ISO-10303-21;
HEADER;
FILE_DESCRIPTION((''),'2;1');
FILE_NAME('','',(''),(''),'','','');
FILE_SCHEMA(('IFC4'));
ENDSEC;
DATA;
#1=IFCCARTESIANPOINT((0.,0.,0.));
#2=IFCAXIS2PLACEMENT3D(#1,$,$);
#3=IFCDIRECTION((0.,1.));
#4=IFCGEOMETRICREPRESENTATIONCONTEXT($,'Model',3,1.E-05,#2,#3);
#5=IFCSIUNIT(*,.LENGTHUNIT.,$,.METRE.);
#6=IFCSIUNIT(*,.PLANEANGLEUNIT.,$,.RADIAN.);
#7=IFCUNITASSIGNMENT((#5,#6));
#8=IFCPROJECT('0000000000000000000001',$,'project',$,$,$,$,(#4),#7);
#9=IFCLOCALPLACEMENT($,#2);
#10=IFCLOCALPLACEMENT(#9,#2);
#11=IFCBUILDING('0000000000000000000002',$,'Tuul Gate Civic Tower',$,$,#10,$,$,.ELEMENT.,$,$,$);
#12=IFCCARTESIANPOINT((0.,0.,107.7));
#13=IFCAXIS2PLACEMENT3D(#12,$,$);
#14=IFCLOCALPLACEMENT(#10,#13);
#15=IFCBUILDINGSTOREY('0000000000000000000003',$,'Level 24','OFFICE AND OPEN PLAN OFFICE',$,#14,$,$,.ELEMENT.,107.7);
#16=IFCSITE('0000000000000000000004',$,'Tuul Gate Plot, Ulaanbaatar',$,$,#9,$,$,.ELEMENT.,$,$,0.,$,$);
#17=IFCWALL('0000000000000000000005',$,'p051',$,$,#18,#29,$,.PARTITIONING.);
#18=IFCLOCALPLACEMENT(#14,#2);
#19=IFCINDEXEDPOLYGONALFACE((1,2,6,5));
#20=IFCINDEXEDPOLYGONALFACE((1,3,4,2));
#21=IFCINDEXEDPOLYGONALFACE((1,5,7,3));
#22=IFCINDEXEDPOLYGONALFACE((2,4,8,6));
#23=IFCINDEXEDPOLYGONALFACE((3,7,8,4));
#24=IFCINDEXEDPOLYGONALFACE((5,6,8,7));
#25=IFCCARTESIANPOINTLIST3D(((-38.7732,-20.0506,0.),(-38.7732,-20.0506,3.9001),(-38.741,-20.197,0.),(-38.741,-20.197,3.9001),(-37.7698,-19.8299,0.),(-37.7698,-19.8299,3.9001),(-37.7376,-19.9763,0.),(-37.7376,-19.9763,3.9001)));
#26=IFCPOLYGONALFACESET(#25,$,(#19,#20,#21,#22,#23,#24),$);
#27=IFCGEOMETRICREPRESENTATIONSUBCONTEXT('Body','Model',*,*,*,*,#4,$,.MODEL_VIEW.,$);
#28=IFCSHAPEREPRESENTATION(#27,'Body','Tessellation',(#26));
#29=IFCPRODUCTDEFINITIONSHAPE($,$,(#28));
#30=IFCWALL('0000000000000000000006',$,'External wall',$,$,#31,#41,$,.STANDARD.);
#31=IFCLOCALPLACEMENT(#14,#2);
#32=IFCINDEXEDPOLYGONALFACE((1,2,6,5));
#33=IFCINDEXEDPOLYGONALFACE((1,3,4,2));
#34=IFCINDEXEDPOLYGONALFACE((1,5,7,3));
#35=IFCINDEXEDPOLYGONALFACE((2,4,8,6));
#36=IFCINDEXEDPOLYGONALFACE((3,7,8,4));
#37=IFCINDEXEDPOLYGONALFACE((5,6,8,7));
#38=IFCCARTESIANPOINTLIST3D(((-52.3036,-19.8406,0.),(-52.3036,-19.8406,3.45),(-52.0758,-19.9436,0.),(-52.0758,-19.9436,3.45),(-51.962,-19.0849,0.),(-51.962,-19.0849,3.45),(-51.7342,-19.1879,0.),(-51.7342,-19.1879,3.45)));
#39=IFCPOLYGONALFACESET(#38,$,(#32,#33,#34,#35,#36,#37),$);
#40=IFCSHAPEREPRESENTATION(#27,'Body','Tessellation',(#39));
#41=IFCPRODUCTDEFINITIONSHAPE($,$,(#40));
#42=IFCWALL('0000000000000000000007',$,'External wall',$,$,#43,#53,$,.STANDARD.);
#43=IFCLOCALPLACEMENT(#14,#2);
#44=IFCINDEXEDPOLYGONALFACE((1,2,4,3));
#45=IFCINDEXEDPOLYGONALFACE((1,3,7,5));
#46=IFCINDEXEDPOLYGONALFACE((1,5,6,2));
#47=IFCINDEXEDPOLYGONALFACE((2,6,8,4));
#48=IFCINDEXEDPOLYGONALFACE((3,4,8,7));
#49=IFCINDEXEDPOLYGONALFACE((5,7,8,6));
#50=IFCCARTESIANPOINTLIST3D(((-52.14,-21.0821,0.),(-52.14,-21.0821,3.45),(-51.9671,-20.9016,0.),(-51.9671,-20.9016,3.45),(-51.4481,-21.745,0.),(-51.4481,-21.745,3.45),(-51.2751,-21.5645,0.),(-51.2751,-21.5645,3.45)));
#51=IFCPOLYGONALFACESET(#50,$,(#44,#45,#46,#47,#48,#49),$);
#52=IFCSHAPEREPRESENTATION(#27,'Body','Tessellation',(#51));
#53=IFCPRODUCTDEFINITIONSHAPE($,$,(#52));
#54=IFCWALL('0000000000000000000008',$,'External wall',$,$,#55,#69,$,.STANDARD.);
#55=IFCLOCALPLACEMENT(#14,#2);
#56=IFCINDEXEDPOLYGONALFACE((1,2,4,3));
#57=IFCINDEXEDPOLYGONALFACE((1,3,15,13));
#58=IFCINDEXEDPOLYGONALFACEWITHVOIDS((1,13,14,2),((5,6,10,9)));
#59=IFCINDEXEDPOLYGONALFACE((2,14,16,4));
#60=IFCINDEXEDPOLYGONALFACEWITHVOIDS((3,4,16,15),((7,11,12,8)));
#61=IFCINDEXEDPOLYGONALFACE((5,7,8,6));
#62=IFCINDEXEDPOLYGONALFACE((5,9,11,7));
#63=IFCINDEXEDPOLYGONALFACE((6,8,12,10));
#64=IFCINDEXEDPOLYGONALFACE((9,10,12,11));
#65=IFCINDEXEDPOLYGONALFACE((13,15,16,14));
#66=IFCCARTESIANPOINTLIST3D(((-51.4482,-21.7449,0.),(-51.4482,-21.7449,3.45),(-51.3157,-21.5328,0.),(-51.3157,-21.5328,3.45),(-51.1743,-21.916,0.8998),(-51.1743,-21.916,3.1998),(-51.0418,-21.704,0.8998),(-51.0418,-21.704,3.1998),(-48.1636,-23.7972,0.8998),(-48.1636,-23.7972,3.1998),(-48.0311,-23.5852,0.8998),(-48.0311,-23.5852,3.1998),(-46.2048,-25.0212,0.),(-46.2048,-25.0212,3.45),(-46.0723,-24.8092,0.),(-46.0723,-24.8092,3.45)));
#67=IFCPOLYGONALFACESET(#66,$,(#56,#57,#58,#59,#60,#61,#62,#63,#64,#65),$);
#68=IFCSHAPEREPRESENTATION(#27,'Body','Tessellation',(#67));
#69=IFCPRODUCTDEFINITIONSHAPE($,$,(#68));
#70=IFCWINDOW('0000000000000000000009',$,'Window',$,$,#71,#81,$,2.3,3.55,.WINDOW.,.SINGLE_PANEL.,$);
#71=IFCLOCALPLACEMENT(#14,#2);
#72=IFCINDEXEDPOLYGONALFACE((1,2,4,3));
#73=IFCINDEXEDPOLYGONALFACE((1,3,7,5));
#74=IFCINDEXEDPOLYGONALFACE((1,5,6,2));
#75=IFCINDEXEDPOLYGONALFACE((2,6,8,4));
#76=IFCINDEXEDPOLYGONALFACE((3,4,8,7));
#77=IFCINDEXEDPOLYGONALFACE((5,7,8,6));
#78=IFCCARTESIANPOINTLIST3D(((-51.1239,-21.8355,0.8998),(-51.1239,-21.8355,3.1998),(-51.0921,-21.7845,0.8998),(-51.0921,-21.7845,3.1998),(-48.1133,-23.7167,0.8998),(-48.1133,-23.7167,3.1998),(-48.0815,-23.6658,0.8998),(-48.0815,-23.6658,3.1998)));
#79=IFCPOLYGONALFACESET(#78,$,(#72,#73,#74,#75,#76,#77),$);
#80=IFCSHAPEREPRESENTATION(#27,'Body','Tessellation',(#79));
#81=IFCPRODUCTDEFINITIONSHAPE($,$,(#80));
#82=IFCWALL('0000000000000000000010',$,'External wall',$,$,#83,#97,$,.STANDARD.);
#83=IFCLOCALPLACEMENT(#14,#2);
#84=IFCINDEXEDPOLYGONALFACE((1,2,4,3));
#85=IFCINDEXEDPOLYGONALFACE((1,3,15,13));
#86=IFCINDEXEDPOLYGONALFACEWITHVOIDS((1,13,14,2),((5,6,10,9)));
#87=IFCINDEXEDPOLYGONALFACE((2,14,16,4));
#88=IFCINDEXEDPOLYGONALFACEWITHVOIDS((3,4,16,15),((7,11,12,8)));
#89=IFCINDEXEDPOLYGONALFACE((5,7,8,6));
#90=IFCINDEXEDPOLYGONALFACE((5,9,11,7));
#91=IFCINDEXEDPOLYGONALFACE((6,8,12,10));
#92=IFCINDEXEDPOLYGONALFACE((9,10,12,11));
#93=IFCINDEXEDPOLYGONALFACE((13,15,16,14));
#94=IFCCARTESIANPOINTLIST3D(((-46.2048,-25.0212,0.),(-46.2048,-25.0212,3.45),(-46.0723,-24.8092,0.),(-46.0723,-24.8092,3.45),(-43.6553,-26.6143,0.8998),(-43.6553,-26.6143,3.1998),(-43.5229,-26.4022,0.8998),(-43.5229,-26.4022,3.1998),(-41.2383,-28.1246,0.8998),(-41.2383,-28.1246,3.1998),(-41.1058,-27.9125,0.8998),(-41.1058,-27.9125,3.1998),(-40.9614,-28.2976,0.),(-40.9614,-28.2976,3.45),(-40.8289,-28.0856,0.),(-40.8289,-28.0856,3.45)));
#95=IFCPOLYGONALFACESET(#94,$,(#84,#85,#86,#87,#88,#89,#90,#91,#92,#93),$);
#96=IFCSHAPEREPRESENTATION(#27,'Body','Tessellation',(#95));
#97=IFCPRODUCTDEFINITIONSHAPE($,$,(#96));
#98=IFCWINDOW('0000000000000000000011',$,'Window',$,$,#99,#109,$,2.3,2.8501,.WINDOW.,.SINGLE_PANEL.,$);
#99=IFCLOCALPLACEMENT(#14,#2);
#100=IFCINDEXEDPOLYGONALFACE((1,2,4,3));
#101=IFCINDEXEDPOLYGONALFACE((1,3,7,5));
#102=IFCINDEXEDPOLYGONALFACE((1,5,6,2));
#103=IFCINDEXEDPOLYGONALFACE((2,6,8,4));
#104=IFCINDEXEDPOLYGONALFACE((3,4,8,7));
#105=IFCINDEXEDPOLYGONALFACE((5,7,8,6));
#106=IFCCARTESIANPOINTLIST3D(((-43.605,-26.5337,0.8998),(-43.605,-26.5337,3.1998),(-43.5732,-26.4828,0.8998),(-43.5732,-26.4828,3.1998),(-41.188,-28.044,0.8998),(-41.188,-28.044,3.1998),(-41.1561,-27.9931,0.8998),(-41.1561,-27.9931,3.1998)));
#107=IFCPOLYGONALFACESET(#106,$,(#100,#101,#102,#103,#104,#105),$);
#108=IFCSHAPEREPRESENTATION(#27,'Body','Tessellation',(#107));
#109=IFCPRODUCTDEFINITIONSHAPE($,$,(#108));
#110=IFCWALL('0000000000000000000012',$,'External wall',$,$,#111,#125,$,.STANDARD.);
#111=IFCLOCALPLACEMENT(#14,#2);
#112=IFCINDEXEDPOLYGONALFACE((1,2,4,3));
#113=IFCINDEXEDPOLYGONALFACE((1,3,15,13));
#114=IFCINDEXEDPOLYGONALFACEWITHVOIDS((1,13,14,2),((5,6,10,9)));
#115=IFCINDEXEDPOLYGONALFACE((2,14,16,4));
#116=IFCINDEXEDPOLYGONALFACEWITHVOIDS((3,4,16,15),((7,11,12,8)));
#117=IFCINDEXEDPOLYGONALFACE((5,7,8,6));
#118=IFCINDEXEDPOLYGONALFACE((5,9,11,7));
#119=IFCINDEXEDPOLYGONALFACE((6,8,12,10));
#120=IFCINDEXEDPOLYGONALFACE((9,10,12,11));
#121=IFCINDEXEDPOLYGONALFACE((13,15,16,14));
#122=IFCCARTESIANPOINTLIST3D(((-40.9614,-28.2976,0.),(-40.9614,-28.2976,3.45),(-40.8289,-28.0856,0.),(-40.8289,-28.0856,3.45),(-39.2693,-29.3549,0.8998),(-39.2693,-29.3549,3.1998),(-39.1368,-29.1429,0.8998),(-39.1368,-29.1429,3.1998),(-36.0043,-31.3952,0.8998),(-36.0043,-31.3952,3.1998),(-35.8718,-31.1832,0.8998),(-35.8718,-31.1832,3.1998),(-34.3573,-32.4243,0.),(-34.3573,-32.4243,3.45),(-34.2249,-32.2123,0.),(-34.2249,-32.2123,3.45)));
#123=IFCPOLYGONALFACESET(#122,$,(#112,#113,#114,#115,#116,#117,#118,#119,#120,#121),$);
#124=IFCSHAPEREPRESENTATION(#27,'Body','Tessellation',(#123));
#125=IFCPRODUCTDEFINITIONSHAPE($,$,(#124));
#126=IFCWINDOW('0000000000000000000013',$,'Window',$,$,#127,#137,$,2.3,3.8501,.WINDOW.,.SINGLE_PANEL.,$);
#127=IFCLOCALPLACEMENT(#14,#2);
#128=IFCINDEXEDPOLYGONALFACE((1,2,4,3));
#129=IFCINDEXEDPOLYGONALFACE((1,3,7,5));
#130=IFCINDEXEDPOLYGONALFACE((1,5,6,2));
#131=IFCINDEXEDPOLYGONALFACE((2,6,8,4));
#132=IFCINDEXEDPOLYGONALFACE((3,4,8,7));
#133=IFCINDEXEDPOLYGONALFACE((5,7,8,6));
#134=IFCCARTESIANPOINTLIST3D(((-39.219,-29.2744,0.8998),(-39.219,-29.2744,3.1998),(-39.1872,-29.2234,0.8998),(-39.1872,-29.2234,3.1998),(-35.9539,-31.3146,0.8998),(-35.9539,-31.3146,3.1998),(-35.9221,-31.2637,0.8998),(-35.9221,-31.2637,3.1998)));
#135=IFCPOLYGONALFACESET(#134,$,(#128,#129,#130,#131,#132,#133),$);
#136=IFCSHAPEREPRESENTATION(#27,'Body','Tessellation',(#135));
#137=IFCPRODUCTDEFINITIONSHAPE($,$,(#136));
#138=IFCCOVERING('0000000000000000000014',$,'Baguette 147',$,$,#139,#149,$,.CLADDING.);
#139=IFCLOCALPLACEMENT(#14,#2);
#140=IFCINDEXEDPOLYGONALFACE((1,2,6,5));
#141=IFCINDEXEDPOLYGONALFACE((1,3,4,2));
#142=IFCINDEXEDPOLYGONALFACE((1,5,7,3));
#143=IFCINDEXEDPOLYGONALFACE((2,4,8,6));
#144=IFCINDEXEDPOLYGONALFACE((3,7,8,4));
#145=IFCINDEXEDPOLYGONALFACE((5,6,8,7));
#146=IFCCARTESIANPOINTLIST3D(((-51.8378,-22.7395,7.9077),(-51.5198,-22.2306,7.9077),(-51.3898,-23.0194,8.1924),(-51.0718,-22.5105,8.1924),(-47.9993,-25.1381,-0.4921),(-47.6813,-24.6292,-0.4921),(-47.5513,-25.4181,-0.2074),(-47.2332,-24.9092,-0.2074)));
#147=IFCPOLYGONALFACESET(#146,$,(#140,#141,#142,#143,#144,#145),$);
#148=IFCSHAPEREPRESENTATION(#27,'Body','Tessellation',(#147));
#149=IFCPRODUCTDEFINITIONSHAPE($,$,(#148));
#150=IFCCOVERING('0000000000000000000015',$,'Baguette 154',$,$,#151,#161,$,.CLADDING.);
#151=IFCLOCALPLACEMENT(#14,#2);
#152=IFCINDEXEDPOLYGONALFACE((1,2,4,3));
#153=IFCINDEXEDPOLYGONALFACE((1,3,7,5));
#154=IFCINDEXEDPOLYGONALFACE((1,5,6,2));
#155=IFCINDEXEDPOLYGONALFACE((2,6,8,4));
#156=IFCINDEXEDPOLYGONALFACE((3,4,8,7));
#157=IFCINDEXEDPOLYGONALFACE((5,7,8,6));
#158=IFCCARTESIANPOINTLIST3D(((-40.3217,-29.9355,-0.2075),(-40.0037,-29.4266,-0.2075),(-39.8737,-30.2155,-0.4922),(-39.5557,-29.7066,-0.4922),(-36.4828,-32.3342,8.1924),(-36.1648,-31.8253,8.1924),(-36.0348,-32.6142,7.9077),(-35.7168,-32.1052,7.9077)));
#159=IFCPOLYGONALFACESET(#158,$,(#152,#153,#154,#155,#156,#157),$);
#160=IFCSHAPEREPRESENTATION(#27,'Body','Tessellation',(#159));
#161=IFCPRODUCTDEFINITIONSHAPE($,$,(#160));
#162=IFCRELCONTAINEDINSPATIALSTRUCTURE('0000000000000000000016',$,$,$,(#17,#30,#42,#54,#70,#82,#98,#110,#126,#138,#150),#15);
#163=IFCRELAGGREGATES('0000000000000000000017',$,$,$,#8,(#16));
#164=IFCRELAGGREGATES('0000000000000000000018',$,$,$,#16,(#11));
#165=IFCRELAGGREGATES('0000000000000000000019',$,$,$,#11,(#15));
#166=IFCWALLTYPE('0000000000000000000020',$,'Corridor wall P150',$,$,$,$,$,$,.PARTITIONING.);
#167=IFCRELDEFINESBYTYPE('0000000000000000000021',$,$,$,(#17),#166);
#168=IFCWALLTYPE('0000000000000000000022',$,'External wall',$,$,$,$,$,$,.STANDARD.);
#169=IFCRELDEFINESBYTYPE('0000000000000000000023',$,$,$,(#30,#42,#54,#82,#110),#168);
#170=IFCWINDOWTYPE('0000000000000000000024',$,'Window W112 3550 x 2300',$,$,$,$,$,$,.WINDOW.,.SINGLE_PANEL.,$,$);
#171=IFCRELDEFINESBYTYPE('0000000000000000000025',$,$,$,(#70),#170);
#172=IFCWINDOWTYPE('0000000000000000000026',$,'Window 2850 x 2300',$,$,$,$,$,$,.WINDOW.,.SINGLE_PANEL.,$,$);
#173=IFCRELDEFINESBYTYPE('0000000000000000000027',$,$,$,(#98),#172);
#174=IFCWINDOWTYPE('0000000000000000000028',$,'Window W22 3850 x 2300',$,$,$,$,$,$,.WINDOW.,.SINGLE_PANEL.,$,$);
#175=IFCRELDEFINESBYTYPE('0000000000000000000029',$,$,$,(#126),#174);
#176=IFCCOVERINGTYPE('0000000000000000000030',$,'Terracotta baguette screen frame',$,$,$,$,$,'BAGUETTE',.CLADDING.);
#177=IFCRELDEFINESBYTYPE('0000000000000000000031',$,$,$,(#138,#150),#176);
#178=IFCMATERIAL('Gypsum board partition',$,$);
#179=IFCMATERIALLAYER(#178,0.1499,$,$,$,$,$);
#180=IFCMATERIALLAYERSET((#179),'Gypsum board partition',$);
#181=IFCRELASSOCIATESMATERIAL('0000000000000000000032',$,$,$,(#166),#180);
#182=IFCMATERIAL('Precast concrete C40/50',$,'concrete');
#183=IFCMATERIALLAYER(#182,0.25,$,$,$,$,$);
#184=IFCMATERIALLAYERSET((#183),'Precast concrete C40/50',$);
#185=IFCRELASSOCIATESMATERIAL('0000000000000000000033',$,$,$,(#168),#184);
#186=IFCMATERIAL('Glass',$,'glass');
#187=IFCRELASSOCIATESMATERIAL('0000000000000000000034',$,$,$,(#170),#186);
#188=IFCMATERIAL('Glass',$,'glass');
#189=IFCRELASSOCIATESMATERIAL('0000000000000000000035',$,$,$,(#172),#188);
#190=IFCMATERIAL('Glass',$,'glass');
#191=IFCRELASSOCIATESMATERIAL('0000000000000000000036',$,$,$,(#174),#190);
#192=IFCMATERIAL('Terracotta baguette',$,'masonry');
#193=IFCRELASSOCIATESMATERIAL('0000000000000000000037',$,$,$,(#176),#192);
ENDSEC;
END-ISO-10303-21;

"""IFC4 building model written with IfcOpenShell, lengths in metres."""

from ifc_helpers import new_model, si_unit, direction, frame, frame_2d, origin, origin_2d, place, context, subcontext, project, spatial, rectangle, extrude, material, layer, layer_set, material_profile, profile_set, type_object, element, fill, save


model = new_model("IFC4")

# Units and contexts
model_context = context("Model", 3, precision=1e-05, world=origin(), true_north=direction((0.0, 1.0)))
body_context = subcontext(model_context, "Body", "Model", "MODEL_VIEW")
ifc_project = project(units=[si_unit("LENGTHUNIT", "METRE"), si_unit("PLANEANGLEUNIT", "RADIAN")], contexts=[model_context])

# Site, building, storey
site_placement = place(None, origin())
site = spatial("IfcSite", under=ifc_project, at=site_placement, Name="Tuul Gate Plot, Ulaanbaatar", CompositionType="ELEMENT", RefElevation=0.0)
building_placement = place(site_placement, origin())
building = spatial("IfcBuilding", under=site, at=building_placement, Name="Tuul Gate Civic Tower", CompositionType="ELEMENT")
storey_placement = place(building_placement, frame((0.0, 0.0, 107.7)))
storey = spatial("IfcBuildingStorey", under=building, at=storey_placement, Name="Level 24", Description="OFFICE AND OPEN PLAN OFFICE", CompositionType="ELEMENT", Elevation=107.7)

# Shared definitions
ifc_material_1 = material(Name="Gypsum board partition")
ifc_layer_1 = layer(ifc_material_1, 0.1499)
ifc_layer_set_1 = layer_set([ifc_layer_1], Name="Gypsum board partition")
wall_type_1 = type_object("IfcWallType", Name="Corridor wall P150", PredefinedType="PARTITIONING", material=ifc_layer_set_1)

# Walls
wall_1_placement = place(storey_placement, frame((-38.7571, -20.1238, 0.0), z_axis=(0.0, 0.0, 1.0), x_axis=(0.976654, 0.214816, 0.0)))
element("IfcWall", 1, at=wall_1_placement, inside=storey, type_object=wall_type_1, Name="p051", PredefinedType="PARTITIONING", context=body_context, shape_type="SweptSolid", body=[
    extrude(rectangle(XDim=1.0273, YDim=0.1499, at=frame_2d((0.5137, 0.0))), origin(), (0.0, 0.0, 1.0), 3.9001),
])
ifc_material_2 = material(Name="Precast concrete C40/50", Category="concrete")
ifc_layer_2 = layer(ifc_material_2, 0.25)
ifc_layer_set_2 = layer_set([ifc_layer_2], Name="Precast concrete C40/50")
wall_type_2 = type_object("IfcWallType", Name="External wall", PredefinedType="STANDARD", material=ifc_layer_set_2)
wall_2_placement = place(storey_placement, frame((-51.8481, -19.1365, 0.0), z_axis=(0.0, 0.0, 1.0), x_axis=(-0.411894, -0.911232, 0.0)))
element("IfcWall", 2, at=wall_2_placement, inside=storey, type_object=wall_type_2, Name="External wall", PredefinedType="STANDARD", context=body_context, shape_type="SweptSolid", body=[
    extrude(rectangle(XDim=0.8293, YDim=0.25, at=frame_2d((0.4146, 0.0))), origin(), (0.0, 0.0, 1.0), 3.45),
])
wall_3_placement = place(storey_placement, frame((-52.0535, -20.9919, 0.0), z_axis=(0.0, 0.0, 1.0), x_axis=(0.722105, -0.691784, 0.0)))
element("IfcWall", 3, at=wall_3_placement, inside=storey, type_object=wall_type_2, Name="External wall", PredefinedType="STANDARD", context=body_context, shape_type="SweptSolid", body=[
    extrude(rectangle(XDim=0.9583, YDim=0.25, at=frame_2d((0.479, 0.0))), origin(), (0.0, 0.0, 1.0), 3.45),
])

# Walls, openings, windows
wall_4_placement = place(storey_placement, frame((-51.3818, -21.6389, 0.0), z_axis=(0.0, 0.0, 1.0), x_axis=(0.848054, -0.52991, 0.0)))
wall_4 = element("IfcWall", 4, at=wall_4_placement, inside=storey, type_object=wall_type_2, Name="External wall", PredefinedType="STANDARD", context=body_context, shape_type="SweptSolid", body=[
    extrude(rectangle(XDim=6.1829, YDim=0.25, at=frame_2d((3.0913, 0.0))), origin(), (0.0, 0.0, 1.0), 3.45),
])
opening_1_placement = place(wall_4_placement, frame((0.323, 0.0, 0.8999)))
opening_1 = element("IfcOpeningElement", 5, at=opening_1_placement, cuts=wall_4, PredefinedType="OPENING", context=body_context, shape_type="SweptSolid", body=[
    extrude(rectangle(XDim=3.55, YDim=2.3, at=frame_2d((1.7749, 1.1499))), frame((0.0, 0.135, 0.0), z_axis=(0.0, -1.0, 0.0), x_axis=(1.0, 0.0, 0.0)), (0.0, 0.0, 1.0), 0.27),
])
ifc_material_3 = material(Name="Glass", Category="glass")
window_type_1 = type_object("IfcWindowType", Name="Window W112 3550 x 2300", PartitioningType="SINGLE_PANEL", PredefinedType="WINDOW", material=ifc_material_3)
window_1_placement = place(opening_1_placement, origin())
window_1 = element("IfcWindow", 6, at=window_1_placement, inside=storey, type_object=window_type_1, Name="Window", OverallHeight=2.3, OverallWidth=3.55, PartitioningType="SINGLE_PANEL", PredefinedType="WINDOW", context=body_context, shape_type="SweptSolid", body=[
    extrude(rectangle(XDim=3.55, YDim=2.3, at=frame_2d((1.7749, 1.1499))), frame((0.0, 0.03, 0.0), z_axis=(0.0, -1.0, 0.0), x_axis=(1.0, 0.0, 0.0)), (0.0, 0.0, 1.0), 0.0601),
])
fill(opening_1, window_1)
wall_5_placement = place(storey_placement, frame((-46.1384, -24.9153, 0.0), z_axis=(0.0, 0.0, 1.0), x_axis=(0.848054, -0.52991, 0.0)))
wall_5 = element("IfcWall", 7, at=wall_5_placement, inside=storey, type_object=wall_type_2, Name="External wall", PredefinedType="STANDARD", context=body_context, shape_type="SweptSolid", body=[
    extrude(rectangle(XDim=6.1829, YDim=0.25, at=frame_2d((3.0913, 0.0))), origin(), (0.0, 0.0, 1.0), 3.45),
])
opening_2_placement = place(wall_5_placement, frame((3.0061, 0.0, 0.8999)))
opening_2 = element("IfcOpeningElement", 8, at=opening_2_placement, cuts=wall_5, PredefinedType="OPENING", context=body_context, shape_type="SweptSolid", body=[
    extrude(rectangle(XDim=2.8501, YDim=2.3, at=frame_2d((1.425, 1.1499))), frame((0.0, 0.135, 0.0), z_axis=(0.0, -1.0, 0.0), x_axis=(1.0, 0.0, 0.0)), (0.0, 0.0, 1.0), 0.27),
])
ifc_material_4 = material(Name="Glass", Category="glass")
window_type_2 = type_object("IfcWindowType", Name="Window 2850 x 2300", PartitioningType="SINGLE_PANEL", PredefinedType="WINDOW", material=ifc_material_4)
window_2_placement = place(opening_2_placement, origin())
window_2 = element("IfcWindow", 9, at=window_2_placement, inside=storey, type_object=window_type_2, Name="Window", OverallHeight=2.3, OverallWidth=2.8501, PartitioningType="SINGLE_PANEL", PredefinedType="WINDOW", context=body_context, shape_type="SweptSolid", body=[
    extrude(rectangle(XDim=2.8501, YDim=2.3, at=frame_2d((1.425, 1.1499))), frame((0.0, 0.03, 0.0), z_axis=(0.0, -1.0, 0.0), x_axis=(1.0, 0.0, 0.0)), (0.0, 0.0, 1.0), 0.0601),
])
fill(opening_2, window_2)
wall_6_placement = place(storey_placement, frame((-40.895, -28.1917, 0.0), z_axis=(0.0, 0.0, 1.0), x_axis=(0.848044, -0.529926, 0.0)))
wall_6 = element("IfcWall", 10, at=wall_6_placement, inside=storey, type_object=wall_type_2, Name="External wall", PredefinedType="STANDARD", context=body_context, shape_type="SweptSolid", body=[
    extrude(rectangle(XDim=7.7874, YDim=0.25, at=frame_2d((3.8936, 0.0))), origin(), (0.0, 0.0, 1.0), 3.45),
])
opening_3_placement = place(wall_6_placement, frame((1.9951, 0.0, 0.8999)))
opening_3 = element("IfcOpeningElement", 11, at=opening_3_placement, cuts=wall_6, PredefinedType="OPENING", context=body_context, shape_type="SweptSolid", body=[
    extrude(rectangle(XDim=3.8501, YDim=2.3, at=frame_2d((1.925, 1.1499))), frame((0.0, 0.135, 0.0), z_axis=(0.0, -1.0, 0.0), x_axis=(1.0, 0.0, 0.0)), (0.0, 0.0, 1.0), 0.27),
])
ifc_material_5 = material(Name="Glass", Category="glass")
window_type_3 = type_object("IfcWindowType", Name="Window W22 3850 x 2300", PartitioningType="SINGLE_PANEL", PredefinedType="WINDOW", material=ifc_material_5)
window_3_placement = place(opening_3_placement, origin())
window_3 = element("IfcWindow", 12, at=window_3_placement, inside=storey, type_object=window_type_3, Name="Window", OverallHeight=2.3, OverallWidth=3.8501, PartitioningType="SINGLE_PANEL", PredefinedType="WINDOW", context=body_context, shape_type="SweptSolid", body=[
    extrude(rectangle(XDim=3.8501, YDim=2.3, at=frame_2d((1.925, 1.1499))), frame((0.0, 0.03, 0.0), z_axis=(0.0, -1.0, 0.0), x_axis=(1.0, 0.0, 0.0)), (0.0, 0.0, 1.0), 0.0601),
])
fill(opening_3, window_3)

# Coverings
ifc_material_6 = material(Name="Terracotta baguette", Category="masonry")
ifc_material_profile_1 = material_profile(ifc_material_6, rectangle(XDim=0.6001, YDim=0.6001, at=origin_2d()), Name="Terracotta baguette screen frame")
ifc_profile_set_1 = profile_set([ifc_material_profile_1], Name="Terracotta baguette")
covering_type = type_object("IfcCoveringType", Name="Terracotta baguette screen frame", ElementType="BAGUETTE", PredefinedType="CLADDING", material=ifc_profile_set_1)
covering_1_placement = place(storey_placement, frame((-51.4548, -22.625, 8.05), z_axis=(0.402293, -0.251385, -0.880321), x_axis=(0.529926, 0.848044, 0.0)))
element("IfcCovering", 13, at=covering_1_placement, inside=storey, type_object=covering_type, Name="Baguette 147", PredefinedType="CLADDING", context=body_context, shape_type="SweptSolid", body=[
    extrude(rectangle(XDim=0.6001, YDim=0.6001, at=origin_2d()), origin(), (0.0, 0.0, 1.0), 9.5417),
])
covering_2_placement = place(storey_placement, frame((-39.9387, -29.821, -0.3499), z_axis=(0.402314, -0.251383, 0.880312), x_axis=(0.529902, 0.848059, 0.0)))
element("IfcCovering", 14, at=covering_2_placement, inside=storey, type_object=covering_type, Name="Baguette 154", PredefinedType="CLADDING", context=body_context, shape_type="SweptSolid", body=[
    extrude(rectangle(XDim=0.6001, YDim=0.6001, at=origin_2d()), origin(), (0.0, 0.0, 1.0), 9.542),
])

save(model, "model.ifc")
